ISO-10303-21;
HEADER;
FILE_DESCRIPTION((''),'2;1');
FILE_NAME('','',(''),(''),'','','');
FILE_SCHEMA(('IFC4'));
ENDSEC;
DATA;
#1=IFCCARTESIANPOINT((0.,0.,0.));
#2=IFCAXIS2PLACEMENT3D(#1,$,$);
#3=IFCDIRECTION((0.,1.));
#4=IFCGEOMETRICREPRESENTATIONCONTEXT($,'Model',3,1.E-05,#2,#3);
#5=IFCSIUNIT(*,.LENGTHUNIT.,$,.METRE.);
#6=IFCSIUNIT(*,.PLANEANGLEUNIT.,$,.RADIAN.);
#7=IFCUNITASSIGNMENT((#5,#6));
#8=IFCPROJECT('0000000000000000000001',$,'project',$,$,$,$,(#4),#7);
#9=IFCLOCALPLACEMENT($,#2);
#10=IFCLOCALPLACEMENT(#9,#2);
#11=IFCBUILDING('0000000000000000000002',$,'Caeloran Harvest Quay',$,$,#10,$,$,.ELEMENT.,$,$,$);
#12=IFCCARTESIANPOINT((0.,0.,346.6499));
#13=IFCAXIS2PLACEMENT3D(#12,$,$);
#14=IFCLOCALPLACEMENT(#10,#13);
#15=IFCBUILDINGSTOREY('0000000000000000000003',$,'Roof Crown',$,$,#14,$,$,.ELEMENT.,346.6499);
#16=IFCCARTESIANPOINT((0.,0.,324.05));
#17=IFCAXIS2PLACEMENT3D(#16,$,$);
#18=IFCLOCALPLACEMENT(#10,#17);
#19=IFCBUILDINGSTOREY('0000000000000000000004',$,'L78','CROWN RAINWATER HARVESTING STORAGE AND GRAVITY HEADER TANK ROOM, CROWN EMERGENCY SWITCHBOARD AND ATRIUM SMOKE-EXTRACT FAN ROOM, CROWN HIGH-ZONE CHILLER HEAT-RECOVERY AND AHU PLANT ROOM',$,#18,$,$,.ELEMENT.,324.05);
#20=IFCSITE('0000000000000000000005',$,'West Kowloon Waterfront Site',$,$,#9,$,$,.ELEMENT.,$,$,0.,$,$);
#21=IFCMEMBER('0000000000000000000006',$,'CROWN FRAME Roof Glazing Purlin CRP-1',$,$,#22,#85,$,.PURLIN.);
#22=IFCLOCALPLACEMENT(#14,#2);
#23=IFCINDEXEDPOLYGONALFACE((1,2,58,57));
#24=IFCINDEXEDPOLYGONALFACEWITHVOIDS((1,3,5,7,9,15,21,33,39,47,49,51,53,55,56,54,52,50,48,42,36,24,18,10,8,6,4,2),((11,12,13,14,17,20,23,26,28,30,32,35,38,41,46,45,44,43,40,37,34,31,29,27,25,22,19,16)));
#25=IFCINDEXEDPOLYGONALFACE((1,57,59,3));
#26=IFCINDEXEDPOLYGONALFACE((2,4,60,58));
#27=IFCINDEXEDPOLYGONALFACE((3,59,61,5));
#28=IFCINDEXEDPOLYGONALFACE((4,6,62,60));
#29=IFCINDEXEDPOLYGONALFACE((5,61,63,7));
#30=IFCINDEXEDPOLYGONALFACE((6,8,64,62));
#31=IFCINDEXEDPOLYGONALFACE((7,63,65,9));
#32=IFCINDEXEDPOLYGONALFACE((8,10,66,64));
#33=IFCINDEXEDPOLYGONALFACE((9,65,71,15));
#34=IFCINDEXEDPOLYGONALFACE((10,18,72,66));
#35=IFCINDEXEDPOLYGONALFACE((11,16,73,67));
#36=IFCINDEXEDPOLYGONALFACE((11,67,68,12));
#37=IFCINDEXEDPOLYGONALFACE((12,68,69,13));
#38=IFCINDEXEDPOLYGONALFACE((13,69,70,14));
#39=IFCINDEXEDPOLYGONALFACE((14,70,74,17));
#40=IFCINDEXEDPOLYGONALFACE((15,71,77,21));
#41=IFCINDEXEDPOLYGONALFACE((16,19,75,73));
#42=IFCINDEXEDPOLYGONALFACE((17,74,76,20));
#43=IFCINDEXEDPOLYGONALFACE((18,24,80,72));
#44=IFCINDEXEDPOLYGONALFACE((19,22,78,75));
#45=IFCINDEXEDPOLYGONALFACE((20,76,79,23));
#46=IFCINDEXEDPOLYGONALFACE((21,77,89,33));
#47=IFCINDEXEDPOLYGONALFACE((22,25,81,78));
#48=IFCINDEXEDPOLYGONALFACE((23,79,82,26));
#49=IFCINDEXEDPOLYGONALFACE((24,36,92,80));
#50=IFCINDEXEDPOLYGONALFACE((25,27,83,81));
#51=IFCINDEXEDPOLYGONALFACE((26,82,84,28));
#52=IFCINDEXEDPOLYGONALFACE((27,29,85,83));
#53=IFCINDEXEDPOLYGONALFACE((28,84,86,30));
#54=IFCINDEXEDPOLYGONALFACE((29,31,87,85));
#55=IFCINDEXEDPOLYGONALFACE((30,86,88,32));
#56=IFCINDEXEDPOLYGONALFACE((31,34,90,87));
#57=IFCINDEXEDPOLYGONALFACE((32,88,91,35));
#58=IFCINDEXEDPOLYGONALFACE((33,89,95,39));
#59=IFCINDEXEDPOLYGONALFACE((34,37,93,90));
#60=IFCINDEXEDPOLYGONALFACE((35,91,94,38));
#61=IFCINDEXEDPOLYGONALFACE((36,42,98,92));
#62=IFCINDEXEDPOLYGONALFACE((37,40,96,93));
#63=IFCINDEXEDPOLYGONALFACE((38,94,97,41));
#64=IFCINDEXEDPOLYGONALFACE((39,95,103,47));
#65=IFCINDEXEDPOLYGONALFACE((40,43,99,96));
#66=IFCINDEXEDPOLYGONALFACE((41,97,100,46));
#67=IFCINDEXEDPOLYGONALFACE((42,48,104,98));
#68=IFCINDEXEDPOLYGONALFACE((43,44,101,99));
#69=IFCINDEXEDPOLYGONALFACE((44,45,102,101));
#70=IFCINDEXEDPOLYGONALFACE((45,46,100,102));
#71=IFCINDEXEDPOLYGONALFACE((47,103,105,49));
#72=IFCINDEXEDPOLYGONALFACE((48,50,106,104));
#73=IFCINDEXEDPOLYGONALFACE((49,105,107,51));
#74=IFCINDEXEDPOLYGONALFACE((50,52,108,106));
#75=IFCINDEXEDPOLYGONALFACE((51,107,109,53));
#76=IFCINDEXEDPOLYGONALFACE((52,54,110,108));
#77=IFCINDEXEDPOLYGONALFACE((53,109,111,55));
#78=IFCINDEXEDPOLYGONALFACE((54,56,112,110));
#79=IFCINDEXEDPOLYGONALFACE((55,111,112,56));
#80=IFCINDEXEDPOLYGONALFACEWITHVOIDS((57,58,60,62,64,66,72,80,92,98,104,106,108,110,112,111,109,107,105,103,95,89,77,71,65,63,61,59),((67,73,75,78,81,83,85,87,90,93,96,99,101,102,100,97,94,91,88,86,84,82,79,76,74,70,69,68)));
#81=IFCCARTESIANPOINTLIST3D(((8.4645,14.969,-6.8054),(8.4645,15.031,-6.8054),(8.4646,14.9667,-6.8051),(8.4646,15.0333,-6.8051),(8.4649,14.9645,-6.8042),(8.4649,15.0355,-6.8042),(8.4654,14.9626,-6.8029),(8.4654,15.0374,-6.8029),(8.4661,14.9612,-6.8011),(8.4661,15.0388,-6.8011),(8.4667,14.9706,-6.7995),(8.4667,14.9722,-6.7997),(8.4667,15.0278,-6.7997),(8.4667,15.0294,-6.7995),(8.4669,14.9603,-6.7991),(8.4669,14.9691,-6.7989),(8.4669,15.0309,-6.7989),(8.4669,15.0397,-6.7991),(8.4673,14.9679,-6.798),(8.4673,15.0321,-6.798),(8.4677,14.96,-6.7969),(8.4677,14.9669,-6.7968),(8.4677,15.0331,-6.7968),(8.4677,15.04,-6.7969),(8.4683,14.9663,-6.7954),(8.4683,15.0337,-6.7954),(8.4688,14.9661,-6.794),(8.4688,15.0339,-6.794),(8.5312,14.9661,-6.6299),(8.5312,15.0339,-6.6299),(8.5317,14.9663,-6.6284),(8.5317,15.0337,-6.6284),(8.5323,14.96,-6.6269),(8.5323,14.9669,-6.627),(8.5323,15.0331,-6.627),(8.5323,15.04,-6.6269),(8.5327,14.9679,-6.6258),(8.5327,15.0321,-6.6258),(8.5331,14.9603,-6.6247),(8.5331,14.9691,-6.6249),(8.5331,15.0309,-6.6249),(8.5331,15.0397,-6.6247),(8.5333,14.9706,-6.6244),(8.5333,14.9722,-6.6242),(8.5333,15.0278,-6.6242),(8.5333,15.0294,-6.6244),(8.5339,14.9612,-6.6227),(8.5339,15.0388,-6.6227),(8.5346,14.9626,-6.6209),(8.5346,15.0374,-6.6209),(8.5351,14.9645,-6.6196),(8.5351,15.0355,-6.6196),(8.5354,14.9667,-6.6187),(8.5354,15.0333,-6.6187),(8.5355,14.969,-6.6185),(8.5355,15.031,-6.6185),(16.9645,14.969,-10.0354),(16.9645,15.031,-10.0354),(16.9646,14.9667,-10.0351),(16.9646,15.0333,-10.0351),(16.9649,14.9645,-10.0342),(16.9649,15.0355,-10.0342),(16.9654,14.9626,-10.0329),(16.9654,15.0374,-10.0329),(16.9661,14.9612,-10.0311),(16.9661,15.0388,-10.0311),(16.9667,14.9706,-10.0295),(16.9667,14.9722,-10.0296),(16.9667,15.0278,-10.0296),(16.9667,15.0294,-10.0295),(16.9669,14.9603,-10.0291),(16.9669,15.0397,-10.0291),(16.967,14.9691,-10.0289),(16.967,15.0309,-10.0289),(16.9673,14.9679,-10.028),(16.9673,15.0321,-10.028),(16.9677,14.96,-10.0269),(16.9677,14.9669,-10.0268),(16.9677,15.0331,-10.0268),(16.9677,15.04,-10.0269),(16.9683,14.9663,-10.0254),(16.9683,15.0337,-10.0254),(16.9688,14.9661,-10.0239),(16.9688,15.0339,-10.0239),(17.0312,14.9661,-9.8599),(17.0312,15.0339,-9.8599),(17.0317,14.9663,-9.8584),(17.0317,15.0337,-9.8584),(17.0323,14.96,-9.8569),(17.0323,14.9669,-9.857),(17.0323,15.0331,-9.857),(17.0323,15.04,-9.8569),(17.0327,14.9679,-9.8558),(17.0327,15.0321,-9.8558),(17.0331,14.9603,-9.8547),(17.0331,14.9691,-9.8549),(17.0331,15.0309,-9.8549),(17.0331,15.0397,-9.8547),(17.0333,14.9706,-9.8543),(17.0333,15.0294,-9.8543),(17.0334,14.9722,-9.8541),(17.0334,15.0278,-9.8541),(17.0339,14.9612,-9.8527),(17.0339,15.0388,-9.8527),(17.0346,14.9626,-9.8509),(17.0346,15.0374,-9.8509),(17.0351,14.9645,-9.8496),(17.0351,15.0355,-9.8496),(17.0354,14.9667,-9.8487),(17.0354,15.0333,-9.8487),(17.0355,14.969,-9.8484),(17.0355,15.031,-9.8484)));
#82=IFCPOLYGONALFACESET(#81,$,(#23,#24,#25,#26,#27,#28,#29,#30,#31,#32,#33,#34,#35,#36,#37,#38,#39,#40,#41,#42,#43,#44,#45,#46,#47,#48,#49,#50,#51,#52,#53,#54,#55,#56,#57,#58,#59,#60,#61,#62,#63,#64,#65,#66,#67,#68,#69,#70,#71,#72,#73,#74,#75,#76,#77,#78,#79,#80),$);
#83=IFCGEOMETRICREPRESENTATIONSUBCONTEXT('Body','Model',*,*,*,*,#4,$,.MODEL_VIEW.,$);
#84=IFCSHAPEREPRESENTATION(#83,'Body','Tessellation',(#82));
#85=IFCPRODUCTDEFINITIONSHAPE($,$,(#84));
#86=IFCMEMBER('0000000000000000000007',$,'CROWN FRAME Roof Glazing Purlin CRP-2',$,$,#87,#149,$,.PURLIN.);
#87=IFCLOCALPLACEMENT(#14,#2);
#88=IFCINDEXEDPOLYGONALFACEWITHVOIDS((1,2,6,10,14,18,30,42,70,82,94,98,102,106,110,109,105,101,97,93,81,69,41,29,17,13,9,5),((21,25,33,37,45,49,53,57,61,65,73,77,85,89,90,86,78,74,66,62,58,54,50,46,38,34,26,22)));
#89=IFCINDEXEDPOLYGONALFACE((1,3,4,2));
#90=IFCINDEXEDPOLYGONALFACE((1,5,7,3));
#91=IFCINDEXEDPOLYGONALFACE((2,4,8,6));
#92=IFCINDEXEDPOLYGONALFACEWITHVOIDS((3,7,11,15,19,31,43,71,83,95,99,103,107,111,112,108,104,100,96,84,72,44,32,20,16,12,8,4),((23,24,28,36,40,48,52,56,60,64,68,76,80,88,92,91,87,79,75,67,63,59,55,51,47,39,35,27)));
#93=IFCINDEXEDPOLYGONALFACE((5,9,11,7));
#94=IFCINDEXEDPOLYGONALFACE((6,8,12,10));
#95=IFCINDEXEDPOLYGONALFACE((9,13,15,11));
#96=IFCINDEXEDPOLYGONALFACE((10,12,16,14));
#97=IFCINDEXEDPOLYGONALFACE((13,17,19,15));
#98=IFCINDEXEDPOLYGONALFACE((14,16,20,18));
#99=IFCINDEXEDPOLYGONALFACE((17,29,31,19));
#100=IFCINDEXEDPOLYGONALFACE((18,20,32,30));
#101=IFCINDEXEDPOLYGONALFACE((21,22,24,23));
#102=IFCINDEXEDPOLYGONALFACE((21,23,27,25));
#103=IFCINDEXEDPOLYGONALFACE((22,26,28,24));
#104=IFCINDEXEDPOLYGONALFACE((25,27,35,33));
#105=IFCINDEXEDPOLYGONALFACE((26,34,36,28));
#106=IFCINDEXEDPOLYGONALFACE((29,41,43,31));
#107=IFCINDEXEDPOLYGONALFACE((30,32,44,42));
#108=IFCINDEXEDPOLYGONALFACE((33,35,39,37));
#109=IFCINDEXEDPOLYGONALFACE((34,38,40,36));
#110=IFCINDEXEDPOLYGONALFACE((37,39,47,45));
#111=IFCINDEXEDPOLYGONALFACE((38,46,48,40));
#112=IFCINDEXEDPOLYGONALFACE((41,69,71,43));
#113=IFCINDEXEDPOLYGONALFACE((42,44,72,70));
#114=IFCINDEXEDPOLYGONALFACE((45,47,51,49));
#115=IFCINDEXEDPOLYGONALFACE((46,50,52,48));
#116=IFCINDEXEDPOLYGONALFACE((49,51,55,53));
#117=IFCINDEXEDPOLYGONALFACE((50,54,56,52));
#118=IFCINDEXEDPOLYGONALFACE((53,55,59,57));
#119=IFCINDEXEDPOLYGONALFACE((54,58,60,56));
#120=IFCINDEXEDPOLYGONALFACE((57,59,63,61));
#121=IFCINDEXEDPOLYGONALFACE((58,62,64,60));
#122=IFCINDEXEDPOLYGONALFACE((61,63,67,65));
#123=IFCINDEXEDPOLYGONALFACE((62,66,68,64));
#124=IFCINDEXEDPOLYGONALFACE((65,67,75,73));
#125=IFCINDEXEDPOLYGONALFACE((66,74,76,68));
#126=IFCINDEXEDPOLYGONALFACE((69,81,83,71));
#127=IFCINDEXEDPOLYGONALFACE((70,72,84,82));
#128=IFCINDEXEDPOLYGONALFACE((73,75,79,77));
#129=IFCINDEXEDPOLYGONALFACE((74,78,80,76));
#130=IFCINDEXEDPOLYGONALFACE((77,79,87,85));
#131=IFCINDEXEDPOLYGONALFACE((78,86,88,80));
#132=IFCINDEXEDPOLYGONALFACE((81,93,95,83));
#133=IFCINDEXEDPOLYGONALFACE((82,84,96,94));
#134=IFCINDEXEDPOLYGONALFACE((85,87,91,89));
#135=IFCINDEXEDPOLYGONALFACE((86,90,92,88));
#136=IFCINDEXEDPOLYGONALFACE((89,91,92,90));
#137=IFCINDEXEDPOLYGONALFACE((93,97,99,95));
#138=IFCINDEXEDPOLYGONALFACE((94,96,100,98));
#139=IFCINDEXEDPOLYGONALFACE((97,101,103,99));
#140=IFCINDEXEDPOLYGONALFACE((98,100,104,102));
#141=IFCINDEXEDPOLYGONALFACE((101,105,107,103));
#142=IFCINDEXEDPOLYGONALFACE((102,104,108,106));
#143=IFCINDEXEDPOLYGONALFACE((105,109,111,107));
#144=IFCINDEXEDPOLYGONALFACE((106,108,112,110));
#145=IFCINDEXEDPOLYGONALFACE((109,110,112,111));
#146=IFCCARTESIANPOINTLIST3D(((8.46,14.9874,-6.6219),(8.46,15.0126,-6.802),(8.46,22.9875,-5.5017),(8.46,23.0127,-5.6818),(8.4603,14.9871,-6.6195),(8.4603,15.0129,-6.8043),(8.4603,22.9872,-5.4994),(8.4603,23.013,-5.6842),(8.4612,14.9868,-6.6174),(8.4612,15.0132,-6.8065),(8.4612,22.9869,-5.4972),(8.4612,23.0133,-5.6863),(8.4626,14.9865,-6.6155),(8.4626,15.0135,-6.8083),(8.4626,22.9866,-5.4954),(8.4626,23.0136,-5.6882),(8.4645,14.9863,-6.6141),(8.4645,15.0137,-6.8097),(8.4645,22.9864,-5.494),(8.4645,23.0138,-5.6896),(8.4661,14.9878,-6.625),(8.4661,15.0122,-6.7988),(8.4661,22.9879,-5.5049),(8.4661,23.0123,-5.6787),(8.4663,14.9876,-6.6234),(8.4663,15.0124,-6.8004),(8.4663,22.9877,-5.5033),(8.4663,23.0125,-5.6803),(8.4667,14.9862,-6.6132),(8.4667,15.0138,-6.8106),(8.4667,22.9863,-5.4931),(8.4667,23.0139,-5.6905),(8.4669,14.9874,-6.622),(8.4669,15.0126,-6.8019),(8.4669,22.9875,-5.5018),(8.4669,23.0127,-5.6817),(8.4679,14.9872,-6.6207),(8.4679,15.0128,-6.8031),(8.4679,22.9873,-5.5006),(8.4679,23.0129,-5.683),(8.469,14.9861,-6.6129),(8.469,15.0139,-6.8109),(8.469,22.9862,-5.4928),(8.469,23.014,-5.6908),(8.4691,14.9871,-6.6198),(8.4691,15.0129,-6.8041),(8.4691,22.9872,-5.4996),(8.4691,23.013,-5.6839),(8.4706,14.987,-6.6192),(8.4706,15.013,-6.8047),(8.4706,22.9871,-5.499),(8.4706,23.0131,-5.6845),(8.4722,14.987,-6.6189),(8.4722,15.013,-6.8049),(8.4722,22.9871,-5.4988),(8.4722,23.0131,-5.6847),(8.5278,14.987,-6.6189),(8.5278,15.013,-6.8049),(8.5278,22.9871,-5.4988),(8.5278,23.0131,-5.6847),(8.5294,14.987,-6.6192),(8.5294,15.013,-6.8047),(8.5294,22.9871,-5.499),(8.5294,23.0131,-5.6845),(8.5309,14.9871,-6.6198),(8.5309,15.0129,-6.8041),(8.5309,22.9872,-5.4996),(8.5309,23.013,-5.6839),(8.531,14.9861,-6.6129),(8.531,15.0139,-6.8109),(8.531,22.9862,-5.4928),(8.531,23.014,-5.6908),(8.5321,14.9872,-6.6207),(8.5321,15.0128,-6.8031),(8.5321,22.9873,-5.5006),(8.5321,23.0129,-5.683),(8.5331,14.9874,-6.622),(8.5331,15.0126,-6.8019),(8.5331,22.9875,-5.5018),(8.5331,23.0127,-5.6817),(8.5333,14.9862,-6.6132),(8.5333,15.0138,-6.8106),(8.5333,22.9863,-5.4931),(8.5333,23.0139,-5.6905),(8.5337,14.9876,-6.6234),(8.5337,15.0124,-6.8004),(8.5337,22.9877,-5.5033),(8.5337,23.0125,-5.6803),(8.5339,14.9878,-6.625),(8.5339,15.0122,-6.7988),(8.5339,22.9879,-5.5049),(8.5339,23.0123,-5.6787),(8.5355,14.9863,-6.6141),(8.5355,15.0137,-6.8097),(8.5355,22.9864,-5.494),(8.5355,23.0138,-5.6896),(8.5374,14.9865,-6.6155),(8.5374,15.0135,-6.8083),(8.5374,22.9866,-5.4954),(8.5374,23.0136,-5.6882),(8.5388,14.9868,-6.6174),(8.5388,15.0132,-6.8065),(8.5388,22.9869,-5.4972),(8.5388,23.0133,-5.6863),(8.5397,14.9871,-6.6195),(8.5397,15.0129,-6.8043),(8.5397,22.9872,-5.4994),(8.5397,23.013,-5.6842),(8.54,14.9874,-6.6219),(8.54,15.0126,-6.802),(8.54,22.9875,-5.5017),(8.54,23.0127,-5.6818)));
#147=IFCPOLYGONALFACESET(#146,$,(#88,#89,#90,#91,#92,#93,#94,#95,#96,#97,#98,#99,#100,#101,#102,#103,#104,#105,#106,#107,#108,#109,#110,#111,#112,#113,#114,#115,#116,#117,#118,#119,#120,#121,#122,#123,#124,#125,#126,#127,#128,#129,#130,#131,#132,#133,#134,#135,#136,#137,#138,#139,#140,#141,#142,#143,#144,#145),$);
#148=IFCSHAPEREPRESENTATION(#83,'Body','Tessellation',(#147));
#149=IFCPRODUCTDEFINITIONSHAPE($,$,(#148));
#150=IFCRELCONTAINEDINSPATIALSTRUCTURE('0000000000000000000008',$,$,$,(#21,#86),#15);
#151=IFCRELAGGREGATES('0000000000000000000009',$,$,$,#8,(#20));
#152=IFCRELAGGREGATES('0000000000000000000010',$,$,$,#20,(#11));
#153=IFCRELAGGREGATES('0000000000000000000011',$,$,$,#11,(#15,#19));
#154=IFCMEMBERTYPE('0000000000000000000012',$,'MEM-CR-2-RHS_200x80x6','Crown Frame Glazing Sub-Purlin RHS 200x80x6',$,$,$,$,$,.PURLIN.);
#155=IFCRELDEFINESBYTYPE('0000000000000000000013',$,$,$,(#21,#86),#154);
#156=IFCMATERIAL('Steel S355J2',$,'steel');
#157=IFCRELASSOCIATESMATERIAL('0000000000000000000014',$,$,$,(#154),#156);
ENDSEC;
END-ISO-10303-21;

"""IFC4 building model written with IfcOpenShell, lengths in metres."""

from ifc_helpers import new_model, si_unit, direction, frame, origin, origin_2d, place, context, subcontext, project, spatial, hollow_rectangle, extrude, material, material_profile, profile_set, type_object, element, save


model = new_model("IFC4")

# Units and contexts
model_context = context("Model", 3, precision=1e-05, world=origin(), true_north=direction((0.0, 1.0)))
body_context = subcontext(model_context, "Body", "Model", "MODEL_VIEW")
ifc_project = project(units=[si_unit("LENGTHUNIT", "METRE"), si_unit("PLANEANGLEUNIT", "RADIAN")], contexts=[model_context])

# Site, building, storey
site_placement = place(None, origin())
site = spatial("IfcSite", under=ifc_project, at=site_placement, Name="West Kowloon Waterfront Site", CompositionType="ELEMENT", RefElevation=0.0)
building_placement = place(site_placement, origin())
building = spatial("IfcBuilding", under=site, at=building_placement, Name="Caeloran Harvest Quay", CompositionType="ELEMENT")
storey_1_placement = place(building_placement, frame((0.0, 0.0, 346.6499)))
storey_1 = spatial("IfcBuildingStorey", under=building, at=storey_1_placement, Name="Roof Crown", CompositionType="ELEMENT", Elevation=346.6499)

# Members
ifc_material_1 = material(Name="Steel S355J2", Category="steel")
ifc_material_profile_1 = material_profile(ifc_material_1, hollow_rectangle(XDim=0.0801, YDim=0.2, WallThickness=0.0061, InnerFilletRadius=0.0061, OuterFilletRadius=0.009, at=origin_2d()), Name="RHS 200x80x6")
ifc_profile_set_1 = profile_set([ifc_material_profile_1], Name="Steel S355J2")
member_type_1 = type_object("IfcMemberType", Name="MEM-CR-2-RHS_200x80x6", Description="Crown Frame Glazing Sub-Purlin RHS 200x80x6", PredefinedType="PURLIN", material=ifc_profile_set_1)
member_1_placement = place(storey_1_placement, frame((8.5, 15.0, -6.7119), z_axis=(0.934784, 0.0, -0.355216), x_axis=(0.0, 1.0, 0.0)))
element("IfcMember", 1, at=member_1_placement, inside=storey_1, type_object=member_type_1, Name="CROWN FRAME Roof Glazing Purlin CRP-1", PredefinedType="PURLIN", context=body_context, shape_type="SweptSolid", body=[
    extrude(hollow_rectangle(XDim=0.0801, YDim=0.2, WallThickness=0.0061, InnerFilletRadius=0.0061, OuterFilletRadius=0.009, at=origin_2d()), origin(), (0.0, 0.0, 1.0), 9.093),
])
member_2_placement = place(storey_1_placement, frame((8.5, 15.0, -6.7119), z_axis=(0.0, 0.99034, 0.138662), x_axis=(-1.0, 0.0, 0.0)))
element("IfcMember", 2, at=member_2_placement, inside=storey_1, type_object=member_type_1, Name="CROWN FRAME Roof Glazing Purlin CRP-2", PredefinedType="PURLIN", context=body_context, shape_type="SweptSolid", body=[
    extrude(hollow_rectangle(XDim=0.0801, YDim=0.2, WallThickness=0.0061, InnerFilletRadius=0.0061, OuterFilletRadius=0.009, at=origin_2d()), origin(), (0.0, 0.0, 1.0), 8.0781),
])

# Shared definitions
storey_2_placement = place(building_placement, frame((0.0, 0.0, 324.05)))
storey_2 = spatial("IfcBuildingStorey", under=building, at=storey_2_placement, Name="L78", Description="CROWN RAINWATER HARVESTING STORAGE AND GRAVITY HEADER TANK ROOM, CROWN EMERGENCY SWITCHBOARD AND ATRIUM SMOKE-EXTRACT FAN ROOM, CROWN HIGH-ZONE CHILLER HEAT-RECOVERY AND AHU PLANT ROOM", CompositionType="ELEMENT", Elevation=324.05)

save(model, "model.ifc")
